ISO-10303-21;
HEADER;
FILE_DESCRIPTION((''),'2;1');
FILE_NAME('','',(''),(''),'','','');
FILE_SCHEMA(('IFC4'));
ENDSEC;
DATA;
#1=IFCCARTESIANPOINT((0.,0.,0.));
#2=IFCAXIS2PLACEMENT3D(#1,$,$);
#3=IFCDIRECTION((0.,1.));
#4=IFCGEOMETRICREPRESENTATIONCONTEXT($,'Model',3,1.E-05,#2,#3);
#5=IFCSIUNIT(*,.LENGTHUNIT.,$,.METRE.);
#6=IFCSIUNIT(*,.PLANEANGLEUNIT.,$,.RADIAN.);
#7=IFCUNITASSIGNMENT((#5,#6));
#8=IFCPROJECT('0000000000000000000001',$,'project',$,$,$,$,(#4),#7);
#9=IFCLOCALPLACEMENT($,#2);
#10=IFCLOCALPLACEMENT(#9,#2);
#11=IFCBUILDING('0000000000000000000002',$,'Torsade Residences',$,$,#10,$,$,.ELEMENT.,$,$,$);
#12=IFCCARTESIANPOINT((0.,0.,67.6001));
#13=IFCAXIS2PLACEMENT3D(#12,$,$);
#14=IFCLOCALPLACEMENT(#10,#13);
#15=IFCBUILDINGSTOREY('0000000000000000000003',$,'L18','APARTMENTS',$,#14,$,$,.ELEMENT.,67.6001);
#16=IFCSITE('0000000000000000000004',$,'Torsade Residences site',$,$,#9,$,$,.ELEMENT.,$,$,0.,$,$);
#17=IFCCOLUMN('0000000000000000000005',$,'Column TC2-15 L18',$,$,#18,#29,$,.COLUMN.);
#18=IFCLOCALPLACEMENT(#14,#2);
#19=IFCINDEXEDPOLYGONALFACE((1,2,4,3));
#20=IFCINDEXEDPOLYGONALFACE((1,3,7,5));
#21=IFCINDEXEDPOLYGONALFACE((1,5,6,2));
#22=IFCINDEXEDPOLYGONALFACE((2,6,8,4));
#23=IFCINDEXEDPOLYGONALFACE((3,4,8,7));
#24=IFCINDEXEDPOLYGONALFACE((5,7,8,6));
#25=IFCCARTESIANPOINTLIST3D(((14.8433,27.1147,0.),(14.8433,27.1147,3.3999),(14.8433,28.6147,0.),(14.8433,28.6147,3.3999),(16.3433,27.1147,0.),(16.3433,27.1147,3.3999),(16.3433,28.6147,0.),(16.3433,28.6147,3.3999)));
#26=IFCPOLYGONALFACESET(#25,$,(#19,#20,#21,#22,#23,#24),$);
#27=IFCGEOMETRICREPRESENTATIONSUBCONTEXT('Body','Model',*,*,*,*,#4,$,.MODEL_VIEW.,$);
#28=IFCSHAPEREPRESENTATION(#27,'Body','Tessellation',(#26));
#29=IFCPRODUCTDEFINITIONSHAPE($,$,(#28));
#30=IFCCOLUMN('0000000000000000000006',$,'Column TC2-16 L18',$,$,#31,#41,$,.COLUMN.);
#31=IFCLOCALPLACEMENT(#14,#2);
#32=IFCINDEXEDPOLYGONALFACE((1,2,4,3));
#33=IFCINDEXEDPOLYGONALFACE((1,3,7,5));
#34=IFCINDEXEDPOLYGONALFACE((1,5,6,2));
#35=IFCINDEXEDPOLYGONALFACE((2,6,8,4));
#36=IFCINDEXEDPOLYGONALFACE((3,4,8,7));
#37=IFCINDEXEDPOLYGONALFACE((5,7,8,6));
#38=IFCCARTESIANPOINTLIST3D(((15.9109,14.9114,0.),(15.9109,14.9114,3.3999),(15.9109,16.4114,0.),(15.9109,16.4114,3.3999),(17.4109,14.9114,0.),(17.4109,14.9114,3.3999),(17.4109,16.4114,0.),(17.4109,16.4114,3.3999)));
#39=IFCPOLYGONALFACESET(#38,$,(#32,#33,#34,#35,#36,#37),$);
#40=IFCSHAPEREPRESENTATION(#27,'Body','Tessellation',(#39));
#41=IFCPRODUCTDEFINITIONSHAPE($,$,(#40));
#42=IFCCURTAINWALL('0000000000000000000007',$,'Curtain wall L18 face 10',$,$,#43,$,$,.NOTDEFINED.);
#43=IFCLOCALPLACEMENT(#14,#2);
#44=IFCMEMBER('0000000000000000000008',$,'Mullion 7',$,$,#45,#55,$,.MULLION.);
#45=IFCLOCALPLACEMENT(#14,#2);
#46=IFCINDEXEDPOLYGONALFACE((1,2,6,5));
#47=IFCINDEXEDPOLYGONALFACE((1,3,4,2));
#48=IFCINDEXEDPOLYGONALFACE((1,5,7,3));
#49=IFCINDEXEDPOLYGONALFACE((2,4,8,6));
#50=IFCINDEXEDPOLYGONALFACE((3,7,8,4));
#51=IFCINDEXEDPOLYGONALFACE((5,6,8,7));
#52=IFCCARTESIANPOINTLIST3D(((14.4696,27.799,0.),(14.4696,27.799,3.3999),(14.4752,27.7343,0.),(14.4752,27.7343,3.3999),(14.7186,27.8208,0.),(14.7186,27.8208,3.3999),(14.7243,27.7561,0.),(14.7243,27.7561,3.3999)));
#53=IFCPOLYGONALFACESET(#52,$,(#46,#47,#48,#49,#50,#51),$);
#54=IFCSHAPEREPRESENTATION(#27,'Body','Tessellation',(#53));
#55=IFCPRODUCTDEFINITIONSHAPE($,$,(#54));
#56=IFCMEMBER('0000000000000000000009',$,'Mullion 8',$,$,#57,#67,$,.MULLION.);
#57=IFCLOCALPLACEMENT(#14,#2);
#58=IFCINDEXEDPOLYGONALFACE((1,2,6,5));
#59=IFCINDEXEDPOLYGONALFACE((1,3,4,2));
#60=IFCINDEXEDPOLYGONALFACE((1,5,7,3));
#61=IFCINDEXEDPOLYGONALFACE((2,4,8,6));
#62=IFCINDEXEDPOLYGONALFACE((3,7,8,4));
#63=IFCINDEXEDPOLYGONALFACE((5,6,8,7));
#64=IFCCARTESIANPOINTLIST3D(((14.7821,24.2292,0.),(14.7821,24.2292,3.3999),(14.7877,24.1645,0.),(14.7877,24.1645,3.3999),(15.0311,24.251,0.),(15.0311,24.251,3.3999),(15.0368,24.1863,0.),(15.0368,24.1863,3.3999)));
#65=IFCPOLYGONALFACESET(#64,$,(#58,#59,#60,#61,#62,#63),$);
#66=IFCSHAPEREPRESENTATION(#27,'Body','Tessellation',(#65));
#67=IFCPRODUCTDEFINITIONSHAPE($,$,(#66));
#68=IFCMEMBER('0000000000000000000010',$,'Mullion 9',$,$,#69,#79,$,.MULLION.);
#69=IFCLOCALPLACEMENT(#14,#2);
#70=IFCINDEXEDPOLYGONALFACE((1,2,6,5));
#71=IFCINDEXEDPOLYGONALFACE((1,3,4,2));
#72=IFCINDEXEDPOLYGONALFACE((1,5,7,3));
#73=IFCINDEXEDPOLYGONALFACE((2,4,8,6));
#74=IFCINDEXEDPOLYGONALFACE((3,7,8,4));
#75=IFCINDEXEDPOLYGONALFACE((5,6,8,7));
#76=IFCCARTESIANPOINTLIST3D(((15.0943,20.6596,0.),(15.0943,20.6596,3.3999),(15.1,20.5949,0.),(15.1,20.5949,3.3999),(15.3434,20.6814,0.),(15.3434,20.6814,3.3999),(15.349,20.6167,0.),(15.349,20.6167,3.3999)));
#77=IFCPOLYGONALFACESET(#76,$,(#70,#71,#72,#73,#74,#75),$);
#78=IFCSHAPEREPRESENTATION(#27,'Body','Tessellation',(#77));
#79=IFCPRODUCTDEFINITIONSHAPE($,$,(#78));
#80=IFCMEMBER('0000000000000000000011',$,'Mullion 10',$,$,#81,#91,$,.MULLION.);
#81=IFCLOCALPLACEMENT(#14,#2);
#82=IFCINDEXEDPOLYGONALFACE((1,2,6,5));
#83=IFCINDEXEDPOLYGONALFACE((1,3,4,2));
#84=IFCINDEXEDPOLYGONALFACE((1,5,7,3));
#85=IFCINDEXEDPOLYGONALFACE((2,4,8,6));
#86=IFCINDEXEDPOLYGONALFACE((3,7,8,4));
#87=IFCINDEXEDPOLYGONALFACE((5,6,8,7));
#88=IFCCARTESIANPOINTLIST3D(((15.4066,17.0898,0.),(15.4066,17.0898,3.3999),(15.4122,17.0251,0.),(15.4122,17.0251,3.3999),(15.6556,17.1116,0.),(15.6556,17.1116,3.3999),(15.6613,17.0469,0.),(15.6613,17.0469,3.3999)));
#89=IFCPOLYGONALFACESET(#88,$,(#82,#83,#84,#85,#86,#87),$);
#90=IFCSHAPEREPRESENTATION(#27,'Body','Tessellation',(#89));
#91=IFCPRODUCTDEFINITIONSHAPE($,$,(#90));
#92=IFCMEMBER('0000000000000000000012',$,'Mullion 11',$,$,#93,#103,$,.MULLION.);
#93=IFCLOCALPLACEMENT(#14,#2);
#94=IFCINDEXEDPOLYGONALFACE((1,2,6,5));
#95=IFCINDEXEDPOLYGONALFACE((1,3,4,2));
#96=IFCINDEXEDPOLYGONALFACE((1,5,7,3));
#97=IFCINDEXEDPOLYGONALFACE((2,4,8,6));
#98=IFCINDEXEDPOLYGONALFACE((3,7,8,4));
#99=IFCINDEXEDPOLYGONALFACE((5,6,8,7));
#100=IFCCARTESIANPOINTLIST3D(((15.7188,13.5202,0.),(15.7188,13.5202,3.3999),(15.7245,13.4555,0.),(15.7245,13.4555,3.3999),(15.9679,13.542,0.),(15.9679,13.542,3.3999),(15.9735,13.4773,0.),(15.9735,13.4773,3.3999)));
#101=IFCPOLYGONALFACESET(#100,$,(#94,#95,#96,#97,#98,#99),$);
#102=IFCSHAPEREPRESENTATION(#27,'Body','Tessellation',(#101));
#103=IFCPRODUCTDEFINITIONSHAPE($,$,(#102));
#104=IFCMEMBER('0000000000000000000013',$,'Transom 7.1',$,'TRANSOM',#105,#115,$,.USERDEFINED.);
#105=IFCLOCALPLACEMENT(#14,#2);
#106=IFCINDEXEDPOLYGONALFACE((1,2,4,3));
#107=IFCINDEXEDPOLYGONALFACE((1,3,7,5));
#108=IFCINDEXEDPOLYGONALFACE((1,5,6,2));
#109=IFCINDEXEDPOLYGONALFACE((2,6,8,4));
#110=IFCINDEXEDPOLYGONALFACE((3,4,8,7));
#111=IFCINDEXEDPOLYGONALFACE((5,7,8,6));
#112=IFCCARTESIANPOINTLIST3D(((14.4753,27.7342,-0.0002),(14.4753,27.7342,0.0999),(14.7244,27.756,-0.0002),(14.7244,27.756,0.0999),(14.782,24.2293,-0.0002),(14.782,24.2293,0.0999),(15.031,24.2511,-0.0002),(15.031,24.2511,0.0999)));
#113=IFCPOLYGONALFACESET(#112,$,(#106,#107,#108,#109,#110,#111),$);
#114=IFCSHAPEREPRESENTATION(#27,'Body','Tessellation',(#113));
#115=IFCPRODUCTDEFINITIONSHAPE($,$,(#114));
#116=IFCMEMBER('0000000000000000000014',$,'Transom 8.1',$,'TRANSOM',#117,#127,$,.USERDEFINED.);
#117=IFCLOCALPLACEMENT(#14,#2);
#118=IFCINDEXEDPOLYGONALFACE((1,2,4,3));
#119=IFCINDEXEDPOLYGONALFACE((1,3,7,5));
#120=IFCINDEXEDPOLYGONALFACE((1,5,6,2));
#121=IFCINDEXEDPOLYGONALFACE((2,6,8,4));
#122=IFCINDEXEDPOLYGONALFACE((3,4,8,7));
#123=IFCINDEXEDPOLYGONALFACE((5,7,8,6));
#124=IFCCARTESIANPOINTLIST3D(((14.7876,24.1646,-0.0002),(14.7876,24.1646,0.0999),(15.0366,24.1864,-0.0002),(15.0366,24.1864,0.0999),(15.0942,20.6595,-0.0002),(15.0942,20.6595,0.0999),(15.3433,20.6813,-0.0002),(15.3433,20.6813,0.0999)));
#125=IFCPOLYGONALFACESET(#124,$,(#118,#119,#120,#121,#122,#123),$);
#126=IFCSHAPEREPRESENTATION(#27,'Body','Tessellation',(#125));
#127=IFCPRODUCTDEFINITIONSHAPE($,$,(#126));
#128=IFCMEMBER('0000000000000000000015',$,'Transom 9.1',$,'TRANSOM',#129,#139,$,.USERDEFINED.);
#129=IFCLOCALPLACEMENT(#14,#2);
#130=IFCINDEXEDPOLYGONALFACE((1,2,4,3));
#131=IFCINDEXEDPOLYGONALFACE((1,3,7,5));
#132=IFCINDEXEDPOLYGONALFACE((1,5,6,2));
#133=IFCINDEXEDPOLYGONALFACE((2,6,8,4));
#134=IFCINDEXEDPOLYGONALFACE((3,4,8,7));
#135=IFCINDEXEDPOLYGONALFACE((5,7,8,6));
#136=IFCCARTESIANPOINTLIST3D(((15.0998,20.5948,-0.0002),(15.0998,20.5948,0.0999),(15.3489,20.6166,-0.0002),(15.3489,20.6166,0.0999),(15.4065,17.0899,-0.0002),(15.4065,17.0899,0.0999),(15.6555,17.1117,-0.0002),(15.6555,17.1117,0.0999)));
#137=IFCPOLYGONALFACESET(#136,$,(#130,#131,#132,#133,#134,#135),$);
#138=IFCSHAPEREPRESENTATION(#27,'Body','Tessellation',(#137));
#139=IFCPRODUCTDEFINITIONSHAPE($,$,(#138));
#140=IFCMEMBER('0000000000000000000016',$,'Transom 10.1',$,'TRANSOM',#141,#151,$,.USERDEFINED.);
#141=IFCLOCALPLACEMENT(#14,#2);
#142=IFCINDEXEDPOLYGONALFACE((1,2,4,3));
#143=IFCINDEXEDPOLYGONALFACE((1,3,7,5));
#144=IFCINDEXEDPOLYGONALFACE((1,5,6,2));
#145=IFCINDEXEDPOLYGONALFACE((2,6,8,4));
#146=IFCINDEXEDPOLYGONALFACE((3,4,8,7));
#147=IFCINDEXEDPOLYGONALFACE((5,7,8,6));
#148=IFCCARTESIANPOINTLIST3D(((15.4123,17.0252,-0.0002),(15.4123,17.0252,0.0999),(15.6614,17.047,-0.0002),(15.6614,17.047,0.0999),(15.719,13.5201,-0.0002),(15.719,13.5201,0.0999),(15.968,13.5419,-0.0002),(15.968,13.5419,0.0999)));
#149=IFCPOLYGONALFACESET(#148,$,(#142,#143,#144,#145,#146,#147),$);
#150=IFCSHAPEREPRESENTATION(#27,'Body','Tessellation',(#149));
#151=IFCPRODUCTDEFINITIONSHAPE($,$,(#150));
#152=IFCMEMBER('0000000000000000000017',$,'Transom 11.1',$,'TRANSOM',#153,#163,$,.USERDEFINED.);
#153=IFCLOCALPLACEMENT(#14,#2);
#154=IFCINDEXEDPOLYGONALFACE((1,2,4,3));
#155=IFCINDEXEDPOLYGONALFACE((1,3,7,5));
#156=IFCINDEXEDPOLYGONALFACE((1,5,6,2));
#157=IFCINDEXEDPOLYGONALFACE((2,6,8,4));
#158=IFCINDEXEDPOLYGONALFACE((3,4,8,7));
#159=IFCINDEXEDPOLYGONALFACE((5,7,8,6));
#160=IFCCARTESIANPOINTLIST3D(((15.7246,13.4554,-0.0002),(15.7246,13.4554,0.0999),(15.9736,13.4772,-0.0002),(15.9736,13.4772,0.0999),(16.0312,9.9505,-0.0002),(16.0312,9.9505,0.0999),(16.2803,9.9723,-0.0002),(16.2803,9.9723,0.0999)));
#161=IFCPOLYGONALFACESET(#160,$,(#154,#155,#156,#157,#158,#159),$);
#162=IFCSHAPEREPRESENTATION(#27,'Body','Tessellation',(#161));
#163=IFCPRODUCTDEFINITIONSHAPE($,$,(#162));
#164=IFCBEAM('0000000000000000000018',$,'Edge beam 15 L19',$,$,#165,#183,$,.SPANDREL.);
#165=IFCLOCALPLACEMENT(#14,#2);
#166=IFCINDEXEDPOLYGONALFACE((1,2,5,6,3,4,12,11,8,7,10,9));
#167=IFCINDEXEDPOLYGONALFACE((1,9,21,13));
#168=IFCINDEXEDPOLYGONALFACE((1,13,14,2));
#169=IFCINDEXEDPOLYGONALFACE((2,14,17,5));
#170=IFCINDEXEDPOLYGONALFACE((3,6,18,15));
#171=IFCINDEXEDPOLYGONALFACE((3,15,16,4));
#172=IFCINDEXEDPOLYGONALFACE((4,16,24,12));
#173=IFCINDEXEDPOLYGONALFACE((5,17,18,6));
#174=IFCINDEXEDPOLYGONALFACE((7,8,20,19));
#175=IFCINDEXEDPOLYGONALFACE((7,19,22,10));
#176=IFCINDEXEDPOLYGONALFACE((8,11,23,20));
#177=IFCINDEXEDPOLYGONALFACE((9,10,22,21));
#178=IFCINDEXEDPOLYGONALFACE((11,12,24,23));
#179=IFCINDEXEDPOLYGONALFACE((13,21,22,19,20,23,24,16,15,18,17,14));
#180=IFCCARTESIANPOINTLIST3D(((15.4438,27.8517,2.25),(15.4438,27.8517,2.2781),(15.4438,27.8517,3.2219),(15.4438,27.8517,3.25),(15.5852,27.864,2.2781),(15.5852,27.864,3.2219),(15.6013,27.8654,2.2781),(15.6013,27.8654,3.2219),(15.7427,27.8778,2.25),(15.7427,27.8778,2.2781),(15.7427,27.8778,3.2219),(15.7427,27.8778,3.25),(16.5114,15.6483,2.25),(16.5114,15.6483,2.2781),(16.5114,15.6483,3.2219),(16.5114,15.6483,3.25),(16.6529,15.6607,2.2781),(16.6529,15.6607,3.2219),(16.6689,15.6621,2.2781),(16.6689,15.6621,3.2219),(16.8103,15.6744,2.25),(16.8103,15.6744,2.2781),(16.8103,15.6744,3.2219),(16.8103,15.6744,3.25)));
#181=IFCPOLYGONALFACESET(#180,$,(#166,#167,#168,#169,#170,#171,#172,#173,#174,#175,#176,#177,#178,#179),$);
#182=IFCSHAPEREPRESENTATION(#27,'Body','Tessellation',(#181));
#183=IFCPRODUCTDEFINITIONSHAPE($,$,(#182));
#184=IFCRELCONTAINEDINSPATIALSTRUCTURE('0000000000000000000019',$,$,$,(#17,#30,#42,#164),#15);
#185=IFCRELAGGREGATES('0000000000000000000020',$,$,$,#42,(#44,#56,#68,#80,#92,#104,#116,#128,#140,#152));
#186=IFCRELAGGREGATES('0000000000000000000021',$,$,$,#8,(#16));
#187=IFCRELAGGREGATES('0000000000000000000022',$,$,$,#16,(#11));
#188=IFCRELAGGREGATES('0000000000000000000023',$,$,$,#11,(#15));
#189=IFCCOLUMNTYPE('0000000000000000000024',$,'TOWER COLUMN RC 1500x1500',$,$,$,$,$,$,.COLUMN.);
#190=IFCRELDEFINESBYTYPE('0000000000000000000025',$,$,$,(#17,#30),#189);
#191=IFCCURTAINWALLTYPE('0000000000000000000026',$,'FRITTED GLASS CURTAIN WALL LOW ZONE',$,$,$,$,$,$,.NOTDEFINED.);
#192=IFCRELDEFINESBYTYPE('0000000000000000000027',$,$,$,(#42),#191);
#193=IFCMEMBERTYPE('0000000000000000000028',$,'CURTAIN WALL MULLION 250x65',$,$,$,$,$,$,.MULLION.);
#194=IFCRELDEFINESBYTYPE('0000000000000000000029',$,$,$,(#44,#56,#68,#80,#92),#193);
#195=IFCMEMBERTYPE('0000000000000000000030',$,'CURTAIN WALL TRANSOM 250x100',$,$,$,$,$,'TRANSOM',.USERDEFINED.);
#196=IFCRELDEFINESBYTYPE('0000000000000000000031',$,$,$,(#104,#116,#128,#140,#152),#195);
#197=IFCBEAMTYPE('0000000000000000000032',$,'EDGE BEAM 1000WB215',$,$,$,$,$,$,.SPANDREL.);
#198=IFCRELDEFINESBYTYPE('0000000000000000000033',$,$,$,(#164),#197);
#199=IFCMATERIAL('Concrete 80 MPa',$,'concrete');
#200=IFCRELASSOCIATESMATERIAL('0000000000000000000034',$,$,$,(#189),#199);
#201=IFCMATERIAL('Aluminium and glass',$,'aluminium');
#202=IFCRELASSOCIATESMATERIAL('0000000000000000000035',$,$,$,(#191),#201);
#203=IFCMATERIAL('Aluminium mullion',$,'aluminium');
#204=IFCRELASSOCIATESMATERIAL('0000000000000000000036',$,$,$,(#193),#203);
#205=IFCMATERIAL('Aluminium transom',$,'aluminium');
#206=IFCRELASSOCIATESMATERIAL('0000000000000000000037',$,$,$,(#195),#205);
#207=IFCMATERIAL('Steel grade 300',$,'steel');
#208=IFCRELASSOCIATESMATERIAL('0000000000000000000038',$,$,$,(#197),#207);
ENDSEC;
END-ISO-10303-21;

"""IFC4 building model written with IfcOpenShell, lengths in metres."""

from ifc_helpers import new_model, si_unit, direction, frame, origin, origin_2d, place, context, subcontext, project, spatial, rectangle, i_section, extrude, material, material_profile, profile_set, type_object, element, aggregate, save


model = new_model("IFC4")

# Units and contexts
model_context = context("Model", 3, precision=1e-05, world=origin(), true_north=direction((0.0, 1.0)))
body_context = subcontext(model_context, "Body", "Model", "MODEL_VIEW")
ifc_project = project(units=[si_unit("LENGTHUNIT", "METRE"), si_unit("PLANEANGLEUNIT", "RADIAN")], contexts=[model_context])

# Site, building, storey
site_placement = place(None, origin())
site = spatial("IfcSite", under=ifc_project, at=site_placement, Name="Torsade Residences site", CompositionType="ELEMENT", RefElevation=0.0)
building_placement = place(site_placement, origin())
building = spatial("IfcBuilding", under=site, at=building_placement, Name="Torsade Residences", CompositionType="ELEMENT")
storey_placement = place(building_placement, frame((0.0, 0.0, 67.6001)))
storey = spatial("IfcBuildingStorey", under=building, at=storey_placement, Name="L18", Description="APARTMENTS", CompositionType="ELEMENT", Elevation=67.6001)

# Columns
ifc_material_1 = material(Name="Concrete 80 MPa", Category="concrete")
ifc_material_profile_1 = material_profile(ifc_material_1, rectangle(XDim=1.5, YDim=1.5, at=origin_2d()), Name="RC 1500x1500")
ifc_profile_set_1 = profile_set([ifc_material_profile_1], Name="Concrete 80 MPa")
column_type = type_object("IfcColumnType", Name="TOWER COLUMN RC 1500x1500", PredefinedType="COLUMN", material=ifc_profile_set_1)
for number, where, z_axis, x_axis, name in (
    (1, (15.5933, 27.8647, 0.0), (0.0, 0.0, 1.0), (1.0, 0.0, 0.0), "Column TC2-15 L18"),
    (2, (16.6609, 15.6614, 0.0), (0.0, 0.0, 1.0), (1.0, 0.0, 0.0), "Column TC2-16 L18"),
):
    element("IfcColumn", number, at=place(storey_placement, frame(where, z_axis=z_axis, x_axis=x_axis)), inside=storey, type_object=column_type, Name=name, PredefinedType="COLUMN", context=body_context, shape_type="SweptSolid", body=[
        extrude(rectangle(XDim=1.5, YDim=1.5, at=origin_2d()), origin(), (0.0, 0.0, 1.0), 3.3999),
    ])

# Curtain wall, members
ifc_material_2 = material(Name="Aluminium and glass", Category="aluminium")
curtain_wall_type = type_object("IfcCurtainWallType", Name="FRITTED GLASS CURTAIN WALL LOW ZONE", PredefinedType="NOTDEFINED", material=ifc_material_2)
curtain_wall_placement = place(storey_placement, origin())
curtain_wall = element("IfcCurtainWall", 3, at=curtain_wall_placement, inside=storey, type_object=curtain_wall_type, Name="Curtain wall L18 face 10", PredefinedType="NOTDEFINED")
ifc_material_3 = material(Name="Aluminium mullion", Category="aluminium")
ifc_material_profile_2 = material_profile(ifc_material_3, rectangle(XDim=0.25, YDim=0.0649, at=origin_2d()), Name="CURTAIN WALL MULLION 250x65")
ifc_profile_set_2 = profile_set([ifc_material_profile_2], Name="Aluminium mullion")
member_type_1 = type_object("IfcMemberType", Name="CURTAIN WALL MULLION 250x65", PredefinedType="MULLION", material=ifc_profile_set_2)
member_1_placement = place(storey_placement, frame((14.5969, 27.7776, 0.0), z_axis=(0.0, 0.0, 1.0), x_axis=(0.996195, 0.087156, 0.0)))
member_1 = element("IfcMember", 4, at=member_1_placement, type_object=member_type_1, Name="Mullion 7", PredefinedType="MULLION", context=body_context, shape_type="SweptSolid", body=[
    extrude(rectangle(XDim=0.25, YDim=0.0649, at=origin_2d()), origin(), (0.0, 0.0, 1.0), 3.3999),
])
member_2_placement = place(storey_placement, frame((14.9094, 24.2078, 0.0), z_axis=(0.0, 0.0, 1.0), x_axis=(0.996195, 0.087156, 0.0)))
member_2 = element("IfcMember", 5, at=member_2_placement, type_object=member_type_1, Name="Mullion 8", PredefinedType="MULLION", context=body_context, shape_type="SweptSolid", body=[
    extrude(rectangle(XDim=0.25, YDim=0.0649, at=origin_2d()), origin(), (0.0, 0.0, 1.0), 3.3999),
])
member_3_placement = place(storey_placement, frame((15.2217, 20.6382, 0.0), z_axis=(0.0, 0.0, 1.0), x_axis=(0.996195, 0.087156, 0.0)))
member_3 = element("IfcMember", 6, at=member_3_placement, type_object=member_type_1, Name="Mullion 9", PredefinedType="MULLION", context=body_context, shape_type="SweptSolid", body=[
    extrude(rectangle(XDim=0.25, YDim=0.0649, at=origin_2d()), origin(), (0.0, 0.0, 1.0), 3.3999),
])
member_4_placement = place(storey_placement, frame((15.5339, 17.0684, 0.0), z_axis=(0.0, 0.0, 1.0), x_axis=(0.996195, 0.087156, 0.0)))
member_4 = element("IfcMember", 7, at=member_4_placement, type_object=member_type_1, Name="Mullion 10", PredefinedType="MULLION", context=body_context, shape_type="SweptSolid", body=[
    extrude(rectangle(XDim=0.25, YDim=0.0649, at=origin_2d()), origin(), (0.0, 0.0, 1.0), 3.3999),
])
member_5_placement = place(storey_placement, frame((15.8462, 13.4988, 0.0), z_axis=(0.0, 0.0, 1.0), x_axis=(0.996195, 0.087156, 0.0)))
member_5 = element("IfcMember", 8, at=member_5_placement, type_object=member_type_1, Name="Mullion 11", PredefinedType="MULLION", context=body_context, shape_type="SweptSolid", body=[
    extrude(rectangle(XDim=0.25, YDim=0.0649, at=origin_2d()), origin(), (0.0, 0.0, 1.0), 3.3999),
])
ifc_material_4 = material(Name="Aluminium transom", Category="aluminium")
ifc_material_profile_3 = material_profile(ifc_material_4, rectangle(XDim=0.25, YDim=0.1001, at=origin_2d()), Name="CURTAIN WALL TRANSOM 250x100")
ifc_profile_set_3 = profile_set([ifc_material_profile_3], Name="Aluminium transom")
member_type_2 = type_object("IfcMemberType", Name="CURTAIN WALL TRANSOM 250x100", ElementType="TRANSOM", PredefinedType="USERDEFINED", material=ifc_profile_set_3)
member_6_placement = place(storey_placement, frame((14.5999, 27.7451, 0.0498), z_axis=(0.087157, -0.996195, 0.0), x_axis=(0.996195, 0.087157, 0.0)))
member_6 = element("IfcMember", 9, at=member_6_placement, type_object=member_type_2, Name="Transom 7.1", ObjectType="TRANSOM", PredefinedType="USERDEFINED", context=body_context, shape_type="SweptSolid", body=[
    extrude(rectangle(XDim=0.25, YDim=0.1001, at=origin_2d()), origin(), (0.0, 0.0, 1.0), 3.5183),
])
member_7_placement = place(storey_placement, frame((14.9121, 24.1755, 0.0498), z_axis=(0.087151, -0.996195, 0.0), x_axis=(0.996195, 0.087151, 0.0)))
member_7 = element("IfcMember", 10, at=member_7_placement, type_object=member_type_2, Name="Transom 8.1", ObjectType="TRANSOM", PredefinedType="USERDEFINED", context=body_context, shape_type="SweptSolid", body=[
    extrude(rectangle(XDim=0.25, YDim=0.1001, at=origin_2d()), origin(), (0.0, 0.0, 1.0), 3.5186),
])
member_8_placement = place(storey_placement, frame((15.2244, 20.6057, 0.0498), z_axis=(0.087157, -0.996195, 0.0), x_axis=(0.996195, 0.087157, 0.0)))
member_8 = element("IfcMember", 11, at=member_8_placement, type_object=member_type_2, Name="Transom 9.1", ObjectType="TRANSOM", PredefinedType="USERDEFINED", context=body_context, shape_type="SweptSolid", body=[
    extrude(rectangle(XDim=0.25, YDim=0.1001, at=origin_2d()), origin(), (0.0, 0.0, 1.0), 3.5183),
])
member_9_placement = place(storey_placement, frame((15.5369, 17.0361, 0.0498), z_axis=(0.087151, -0.996195, 0.0), x_axis=(0.996195, 0.087151, 0.0)))
member_9 = element("IfcMember", 12, at=member_9_placement, type_object=member_type_2, Name="Transom 10.1", ObjectType="TRANSOM", PredefinedType="USERDEFINED", context=body_context, shape_type="SweptSolid", body=[
    extrude(rectangle(XDim=0.25, YDim=0.1001, at=origin_2d()), origin(), (0.0, 0.0, 1.0), 3.5186),
])
member_10_placement = place(storey_placement, frame((15.8491, 13.4663, 0.0498), z_axis=(0.087157, -0.996195, 0.0), x_axis=(0.996195, 0.087157, 0.0)))
member_10 = element("IfcMember", 13, at=member_10_placement, type_object=member_type_2, Name="Transom 11.1", ObjectType="TRANSOM", PredefinedType="USERDEFINED", context=body_context, shape_type="SweptSolid", body=[
    extrude(rectangle(XDim=0.25, YDim=0.1001, at=origin_2d()), origin(), (0.0, 0.0, 1.0), 3.5183),
])

# Beam
ifc_material_5 = material(Name="Steel grade 300", Category="steel")
ifc_material_profile_4 = material_profile(ifc_material_5, i_section(OverallWidth=0.3, OverallDepth=1.0, WebThickness=0.0161, FlangeThickness=0.0281, at=origin_2d()), Name="1000WB215")
ifc_profile_set_4 = profile_set([ifc_material_profile_4], Name="Steel grade 300")
beam_type_1 = type_object("IfcBeamType", Name="EDGE BEAM 1000WB215", PredefinedType="SPANDREL", material=ifc_profile_set_4)
for number, where, z_axis, x_axis, name in (
    (14, (15.5933, 27.8647, 2.75), (0.087153, -0.996195, 0.0), (0.996195, 0.087153, 0.0), "Edge beam 15 L19"),
):
    element("IfcBeam", number, at=place(storey_placement, frame(where, z_axis=z_axis, x_axis=x_axis)), inside=storey, type_object=beam_type_1, Name=name, PredefinedType="SPANDREL", context=body_context, shape_type="SweptSolid", body=[
        extrude(i_section(OverallWidth=0.3, OverallDepth=1.0, WebThickness=0.0161, FlangeThickness=0.0281, at=origin_2d()), origin(), (0.0, 0.0, 1.0), 12.25),
    ])

aggregate(curtain_wall, [member_1, member_2, member_3, member_4, member_5, member_6, member_7, member_8, member_9, member_10])

save(model, "model.ifc")
